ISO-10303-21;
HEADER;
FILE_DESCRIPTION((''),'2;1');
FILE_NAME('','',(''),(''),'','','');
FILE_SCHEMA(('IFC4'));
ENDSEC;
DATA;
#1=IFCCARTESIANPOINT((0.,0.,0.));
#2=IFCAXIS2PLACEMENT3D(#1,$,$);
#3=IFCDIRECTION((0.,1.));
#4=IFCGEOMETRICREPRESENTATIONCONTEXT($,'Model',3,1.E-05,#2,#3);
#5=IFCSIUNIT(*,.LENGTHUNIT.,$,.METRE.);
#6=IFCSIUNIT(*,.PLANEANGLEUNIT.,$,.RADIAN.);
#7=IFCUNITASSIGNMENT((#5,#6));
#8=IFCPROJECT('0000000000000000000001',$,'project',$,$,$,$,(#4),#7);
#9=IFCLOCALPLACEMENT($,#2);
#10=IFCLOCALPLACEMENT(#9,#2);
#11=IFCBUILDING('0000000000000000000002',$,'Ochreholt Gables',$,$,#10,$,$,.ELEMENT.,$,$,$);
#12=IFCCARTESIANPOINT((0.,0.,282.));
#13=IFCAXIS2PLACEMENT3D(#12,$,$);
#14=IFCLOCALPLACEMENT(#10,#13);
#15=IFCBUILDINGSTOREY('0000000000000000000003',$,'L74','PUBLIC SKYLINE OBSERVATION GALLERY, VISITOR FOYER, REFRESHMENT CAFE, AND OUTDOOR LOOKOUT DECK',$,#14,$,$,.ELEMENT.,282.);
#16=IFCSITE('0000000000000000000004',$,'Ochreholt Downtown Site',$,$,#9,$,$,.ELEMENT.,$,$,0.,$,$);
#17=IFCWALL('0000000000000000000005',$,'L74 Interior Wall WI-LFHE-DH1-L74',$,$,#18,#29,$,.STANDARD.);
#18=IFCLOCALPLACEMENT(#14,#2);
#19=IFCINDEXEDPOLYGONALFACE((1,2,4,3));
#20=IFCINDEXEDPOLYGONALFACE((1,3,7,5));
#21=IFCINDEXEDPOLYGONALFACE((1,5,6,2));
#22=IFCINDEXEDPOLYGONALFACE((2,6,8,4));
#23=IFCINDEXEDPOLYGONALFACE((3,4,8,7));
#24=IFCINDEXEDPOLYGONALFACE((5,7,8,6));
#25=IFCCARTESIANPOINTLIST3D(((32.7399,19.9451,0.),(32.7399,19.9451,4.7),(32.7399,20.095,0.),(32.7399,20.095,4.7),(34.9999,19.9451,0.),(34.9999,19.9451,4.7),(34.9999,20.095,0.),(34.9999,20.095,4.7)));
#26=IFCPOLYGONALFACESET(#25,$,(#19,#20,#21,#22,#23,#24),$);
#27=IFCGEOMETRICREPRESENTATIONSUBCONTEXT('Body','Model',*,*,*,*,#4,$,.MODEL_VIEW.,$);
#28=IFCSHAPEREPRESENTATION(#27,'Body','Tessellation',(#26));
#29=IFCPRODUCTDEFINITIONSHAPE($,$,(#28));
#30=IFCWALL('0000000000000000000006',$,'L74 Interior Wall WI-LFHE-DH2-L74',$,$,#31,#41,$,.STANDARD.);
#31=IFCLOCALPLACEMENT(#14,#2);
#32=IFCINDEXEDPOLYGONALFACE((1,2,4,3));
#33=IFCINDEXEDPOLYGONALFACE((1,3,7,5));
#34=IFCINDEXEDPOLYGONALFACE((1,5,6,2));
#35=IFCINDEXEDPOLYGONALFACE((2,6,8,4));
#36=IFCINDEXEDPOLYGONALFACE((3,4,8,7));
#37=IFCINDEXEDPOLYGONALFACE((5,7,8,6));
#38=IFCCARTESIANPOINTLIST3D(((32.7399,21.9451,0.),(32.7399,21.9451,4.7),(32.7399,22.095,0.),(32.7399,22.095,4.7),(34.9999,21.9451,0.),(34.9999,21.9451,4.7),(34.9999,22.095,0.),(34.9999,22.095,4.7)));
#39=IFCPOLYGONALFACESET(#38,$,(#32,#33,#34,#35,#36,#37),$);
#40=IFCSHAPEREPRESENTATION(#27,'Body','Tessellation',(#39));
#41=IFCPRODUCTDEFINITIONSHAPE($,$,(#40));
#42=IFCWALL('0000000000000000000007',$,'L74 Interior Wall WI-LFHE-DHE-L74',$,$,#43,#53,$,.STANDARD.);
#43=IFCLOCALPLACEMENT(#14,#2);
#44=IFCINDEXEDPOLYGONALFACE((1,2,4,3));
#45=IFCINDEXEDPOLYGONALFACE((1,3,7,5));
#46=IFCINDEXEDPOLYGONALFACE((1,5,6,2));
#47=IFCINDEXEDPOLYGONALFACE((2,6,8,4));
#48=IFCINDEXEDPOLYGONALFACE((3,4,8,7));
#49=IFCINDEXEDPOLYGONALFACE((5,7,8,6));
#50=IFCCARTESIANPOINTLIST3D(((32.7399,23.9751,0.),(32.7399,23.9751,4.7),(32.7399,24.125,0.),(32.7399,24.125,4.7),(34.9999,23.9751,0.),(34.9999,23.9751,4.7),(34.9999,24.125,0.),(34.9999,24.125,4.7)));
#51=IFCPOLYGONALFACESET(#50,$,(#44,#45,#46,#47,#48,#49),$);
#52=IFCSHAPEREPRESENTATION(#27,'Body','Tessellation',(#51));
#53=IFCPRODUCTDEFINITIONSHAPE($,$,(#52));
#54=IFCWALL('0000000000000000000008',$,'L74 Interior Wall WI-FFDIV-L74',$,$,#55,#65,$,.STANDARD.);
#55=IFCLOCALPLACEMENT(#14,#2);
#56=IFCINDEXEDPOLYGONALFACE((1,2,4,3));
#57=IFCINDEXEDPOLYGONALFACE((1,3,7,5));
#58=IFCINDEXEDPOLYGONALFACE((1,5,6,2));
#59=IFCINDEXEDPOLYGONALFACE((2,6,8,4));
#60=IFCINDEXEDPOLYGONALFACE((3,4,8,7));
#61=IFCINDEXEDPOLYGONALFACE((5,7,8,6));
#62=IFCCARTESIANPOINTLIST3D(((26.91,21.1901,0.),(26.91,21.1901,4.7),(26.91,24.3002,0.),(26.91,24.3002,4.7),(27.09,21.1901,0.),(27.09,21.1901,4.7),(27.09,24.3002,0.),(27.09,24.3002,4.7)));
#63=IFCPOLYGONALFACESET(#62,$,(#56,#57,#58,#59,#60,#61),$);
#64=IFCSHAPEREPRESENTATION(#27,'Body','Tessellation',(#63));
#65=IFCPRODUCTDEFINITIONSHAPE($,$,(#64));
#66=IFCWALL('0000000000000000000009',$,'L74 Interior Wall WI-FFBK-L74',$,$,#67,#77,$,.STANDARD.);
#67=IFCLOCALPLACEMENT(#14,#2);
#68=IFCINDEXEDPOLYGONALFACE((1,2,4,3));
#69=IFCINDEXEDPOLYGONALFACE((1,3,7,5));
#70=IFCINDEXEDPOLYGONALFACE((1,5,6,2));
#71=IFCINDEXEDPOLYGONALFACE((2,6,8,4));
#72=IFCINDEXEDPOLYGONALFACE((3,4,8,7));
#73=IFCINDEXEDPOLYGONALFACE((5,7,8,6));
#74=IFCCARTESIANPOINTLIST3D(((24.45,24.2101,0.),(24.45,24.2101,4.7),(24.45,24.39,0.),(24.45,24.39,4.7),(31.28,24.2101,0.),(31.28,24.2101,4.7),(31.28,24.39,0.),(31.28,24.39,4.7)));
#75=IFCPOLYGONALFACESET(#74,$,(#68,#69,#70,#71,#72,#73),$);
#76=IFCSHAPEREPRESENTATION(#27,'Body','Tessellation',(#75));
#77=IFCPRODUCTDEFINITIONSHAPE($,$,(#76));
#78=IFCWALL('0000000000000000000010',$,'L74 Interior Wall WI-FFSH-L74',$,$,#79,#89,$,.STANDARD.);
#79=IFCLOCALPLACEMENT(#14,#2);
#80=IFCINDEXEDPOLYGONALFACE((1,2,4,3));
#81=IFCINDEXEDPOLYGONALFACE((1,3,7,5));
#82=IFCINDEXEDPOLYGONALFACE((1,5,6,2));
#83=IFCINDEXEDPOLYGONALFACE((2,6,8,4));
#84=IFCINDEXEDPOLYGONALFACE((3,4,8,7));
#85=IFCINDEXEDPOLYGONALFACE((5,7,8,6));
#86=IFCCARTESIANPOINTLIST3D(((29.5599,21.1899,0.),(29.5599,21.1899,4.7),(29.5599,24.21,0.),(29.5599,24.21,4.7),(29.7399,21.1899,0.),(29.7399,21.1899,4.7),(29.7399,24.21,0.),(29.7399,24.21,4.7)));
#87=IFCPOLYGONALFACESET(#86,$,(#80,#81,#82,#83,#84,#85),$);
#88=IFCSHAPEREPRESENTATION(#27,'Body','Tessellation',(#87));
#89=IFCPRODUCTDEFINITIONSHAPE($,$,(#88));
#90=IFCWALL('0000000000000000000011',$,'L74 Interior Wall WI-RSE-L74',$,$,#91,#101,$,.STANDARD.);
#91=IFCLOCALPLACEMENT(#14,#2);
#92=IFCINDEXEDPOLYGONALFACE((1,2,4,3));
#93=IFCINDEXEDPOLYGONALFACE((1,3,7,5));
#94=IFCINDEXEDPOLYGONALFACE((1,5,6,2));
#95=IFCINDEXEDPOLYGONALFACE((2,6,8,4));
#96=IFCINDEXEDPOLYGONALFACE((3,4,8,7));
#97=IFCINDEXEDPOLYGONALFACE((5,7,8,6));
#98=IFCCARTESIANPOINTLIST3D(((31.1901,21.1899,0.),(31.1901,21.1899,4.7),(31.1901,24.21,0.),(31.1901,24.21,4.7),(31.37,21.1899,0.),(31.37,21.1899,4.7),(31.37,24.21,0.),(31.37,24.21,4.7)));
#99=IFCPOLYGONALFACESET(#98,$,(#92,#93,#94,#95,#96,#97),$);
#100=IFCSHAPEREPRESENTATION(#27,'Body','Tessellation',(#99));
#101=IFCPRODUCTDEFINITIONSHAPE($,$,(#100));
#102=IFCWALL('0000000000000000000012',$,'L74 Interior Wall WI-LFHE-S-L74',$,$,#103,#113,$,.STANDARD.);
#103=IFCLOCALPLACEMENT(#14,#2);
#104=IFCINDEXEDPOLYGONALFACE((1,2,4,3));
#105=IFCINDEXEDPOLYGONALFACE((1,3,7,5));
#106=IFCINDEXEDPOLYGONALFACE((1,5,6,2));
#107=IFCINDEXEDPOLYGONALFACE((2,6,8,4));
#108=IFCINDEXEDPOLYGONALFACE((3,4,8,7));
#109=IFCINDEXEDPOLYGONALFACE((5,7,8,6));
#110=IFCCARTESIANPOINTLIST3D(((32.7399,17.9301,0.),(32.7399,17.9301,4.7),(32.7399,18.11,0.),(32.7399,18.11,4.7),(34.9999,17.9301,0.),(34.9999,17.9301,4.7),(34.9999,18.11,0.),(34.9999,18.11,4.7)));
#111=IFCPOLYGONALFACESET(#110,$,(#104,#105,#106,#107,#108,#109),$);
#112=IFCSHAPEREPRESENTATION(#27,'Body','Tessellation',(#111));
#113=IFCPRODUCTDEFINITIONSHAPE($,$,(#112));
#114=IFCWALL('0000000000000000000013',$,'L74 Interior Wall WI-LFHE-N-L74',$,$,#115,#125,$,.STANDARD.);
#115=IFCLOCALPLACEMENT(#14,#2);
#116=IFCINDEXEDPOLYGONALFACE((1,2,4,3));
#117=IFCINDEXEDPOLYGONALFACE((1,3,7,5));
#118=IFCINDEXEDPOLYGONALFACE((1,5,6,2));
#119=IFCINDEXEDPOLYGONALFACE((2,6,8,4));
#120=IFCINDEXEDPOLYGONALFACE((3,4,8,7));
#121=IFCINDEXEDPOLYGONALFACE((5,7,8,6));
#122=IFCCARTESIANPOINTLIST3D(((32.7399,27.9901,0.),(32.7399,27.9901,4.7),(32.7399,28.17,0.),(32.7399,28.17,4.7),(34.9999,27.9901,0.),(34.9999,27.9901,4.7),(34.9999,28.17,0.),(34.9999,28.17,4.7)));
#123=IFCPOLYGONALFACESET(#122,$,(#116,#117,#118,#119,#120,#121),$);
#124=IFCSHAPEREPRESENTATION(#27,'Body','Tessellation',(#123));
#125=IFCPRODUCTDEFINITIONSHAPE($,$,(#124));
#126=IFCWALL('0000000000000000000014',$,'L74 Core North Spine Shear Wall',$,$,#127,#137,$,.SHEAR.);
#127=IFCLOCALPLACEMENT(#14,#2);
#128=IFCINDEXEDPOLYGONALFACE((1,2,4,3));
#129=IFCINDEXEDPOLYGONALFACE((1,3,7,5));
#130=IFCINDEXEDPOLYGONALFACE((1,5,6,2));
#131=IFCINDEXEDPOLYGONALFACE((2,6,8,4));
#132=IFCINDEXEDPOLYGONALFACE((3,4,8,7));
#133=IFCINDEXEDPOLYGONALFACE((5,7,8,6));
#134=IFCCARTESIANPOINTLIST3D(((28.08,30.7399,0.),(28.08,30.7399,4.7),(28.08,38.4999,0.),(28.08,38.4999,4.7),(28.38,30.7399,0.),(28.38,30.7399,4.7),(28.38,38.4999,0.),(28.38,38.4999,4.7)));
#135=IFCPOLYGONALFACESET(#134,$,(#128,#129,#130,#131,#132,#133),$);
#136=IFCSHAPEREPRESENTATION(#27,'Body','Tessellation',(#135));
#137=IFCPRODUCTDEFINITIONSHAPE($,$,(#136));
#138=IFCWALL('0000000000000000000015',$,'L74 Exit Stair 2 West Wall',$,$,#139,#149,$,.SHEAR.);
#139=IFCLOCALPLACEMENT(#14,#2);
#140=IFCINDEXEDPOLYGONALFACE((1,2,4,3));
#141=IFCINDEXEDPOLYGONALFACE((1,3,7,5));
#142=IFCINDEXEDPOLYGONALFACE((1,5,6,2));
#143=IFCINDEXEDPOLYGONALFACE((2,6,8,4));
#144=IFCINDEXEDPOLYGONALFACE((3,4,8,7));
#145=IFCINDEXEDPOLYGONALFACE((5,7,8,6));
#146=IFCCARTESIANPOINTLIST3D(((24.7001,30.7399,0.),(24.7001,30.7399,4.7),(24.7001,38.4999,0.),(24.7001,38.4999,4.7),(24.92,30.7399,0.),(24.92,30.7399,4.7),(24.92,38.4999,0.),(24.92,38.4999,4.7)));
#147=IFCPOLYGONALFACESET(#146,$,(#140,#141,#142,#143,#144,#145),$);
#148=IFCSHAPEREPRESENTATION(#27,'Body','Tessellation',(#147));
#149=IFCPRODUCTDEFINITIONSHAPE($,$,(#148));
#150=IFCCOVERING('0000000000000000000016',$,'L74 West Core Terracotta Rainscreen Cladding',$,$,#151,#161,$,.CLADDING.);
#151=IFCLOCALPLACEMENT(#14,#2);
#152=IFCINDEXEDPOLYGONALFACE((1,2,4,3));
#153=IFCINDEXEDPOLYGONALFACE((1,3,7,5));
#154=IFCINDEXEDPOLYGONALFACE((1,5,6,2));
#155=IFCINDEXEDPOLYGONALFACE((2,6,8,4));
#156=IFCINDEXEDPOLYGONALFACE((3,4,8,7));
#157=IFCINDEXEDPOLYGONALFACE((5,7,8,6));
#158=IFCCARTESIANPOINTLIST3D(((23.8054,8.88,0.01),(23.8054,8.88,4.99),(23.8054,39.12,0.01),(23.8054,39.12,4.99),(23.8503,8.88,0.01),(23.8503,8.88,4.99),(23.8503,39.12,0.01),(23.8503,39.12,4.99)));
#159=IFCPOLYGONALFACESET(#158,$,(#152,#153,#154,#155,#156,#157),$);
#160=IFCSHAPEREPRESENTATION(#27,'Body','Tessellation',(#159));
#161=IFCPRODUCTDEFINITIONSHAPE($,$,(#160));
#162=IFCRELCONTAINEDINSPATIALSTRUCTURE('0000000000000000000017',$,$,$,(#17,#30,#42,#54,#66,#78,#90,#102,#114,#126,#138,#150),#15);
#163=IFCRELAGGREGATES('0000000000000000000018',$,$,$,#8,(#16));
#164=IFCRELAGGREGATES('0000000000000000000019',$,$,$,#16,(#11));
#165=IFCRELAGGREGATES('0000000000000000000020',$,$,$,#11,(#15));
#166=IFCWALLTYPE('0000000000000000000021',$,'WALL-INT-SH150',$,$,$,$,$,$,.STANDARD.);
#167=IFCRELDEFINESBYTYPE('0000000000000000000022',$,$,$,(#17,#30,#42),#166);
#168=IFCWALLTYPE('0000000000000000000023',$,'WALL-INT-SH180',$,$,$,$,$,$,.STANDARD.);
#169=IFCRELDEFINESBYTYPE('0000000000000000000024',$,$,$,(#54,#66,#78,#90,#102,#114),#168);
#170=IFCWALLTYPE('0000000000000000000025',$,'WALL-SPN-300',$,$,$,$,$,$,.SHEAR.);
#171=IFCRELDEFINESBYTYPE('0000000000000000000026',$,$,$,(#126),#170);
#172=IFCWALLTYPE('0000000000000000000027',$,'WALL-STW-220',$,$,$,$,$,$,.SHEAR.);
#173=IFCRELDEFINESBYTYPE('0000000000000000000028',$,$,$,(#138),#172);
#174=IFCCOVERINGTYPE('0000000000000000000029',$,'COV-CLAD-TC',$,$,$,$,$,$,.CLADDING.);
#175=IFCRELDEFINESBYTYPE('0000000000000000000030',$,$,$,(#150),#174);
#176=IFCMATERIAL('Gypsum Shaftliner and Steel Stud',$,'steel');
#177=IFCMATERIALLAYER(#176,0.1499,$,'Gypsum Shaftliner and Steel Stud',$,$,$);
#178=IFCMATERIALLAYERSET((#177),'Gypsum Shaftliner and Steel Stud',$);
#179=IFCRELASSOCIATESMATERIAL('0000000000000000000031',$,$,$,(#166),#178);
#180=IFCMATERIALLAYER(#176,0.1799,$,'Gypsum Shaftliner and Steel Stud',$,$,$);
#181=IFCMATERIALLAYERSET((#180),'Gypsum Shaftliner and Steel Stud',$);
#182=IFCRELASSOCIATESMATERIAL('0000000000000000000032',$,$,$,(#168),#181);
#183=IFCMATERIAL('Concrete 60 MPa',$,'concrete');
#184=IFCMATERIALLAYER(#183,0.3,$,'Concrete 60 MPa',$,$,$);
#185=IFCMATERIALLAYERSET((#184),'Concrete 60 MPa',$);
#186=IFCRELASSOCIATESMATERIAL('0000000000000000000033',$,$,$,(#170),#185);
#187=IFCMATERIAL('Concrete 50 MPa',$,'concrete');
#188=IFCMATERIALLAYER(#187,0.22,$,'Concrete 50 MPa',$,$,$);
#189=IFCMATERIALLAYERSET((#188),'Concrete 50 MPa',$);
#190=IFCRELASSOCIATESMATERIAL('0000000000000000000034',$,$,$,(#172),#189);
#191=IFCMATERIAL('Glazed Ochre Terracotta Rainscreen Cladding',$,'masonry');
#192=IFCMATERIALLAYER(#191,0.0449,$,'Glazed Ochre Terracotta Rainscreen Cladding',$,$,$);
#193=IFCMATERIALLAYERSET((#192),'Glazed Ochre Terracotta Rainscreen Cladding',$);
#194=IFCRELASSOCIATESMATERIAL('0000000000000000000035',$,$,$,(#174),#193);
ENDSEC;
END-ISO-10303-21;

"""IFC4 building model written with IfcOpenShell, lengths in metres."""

from ifc_helpers import new_model, si_unit, direction, frame, frame_2d, origin, origin_2d, place, context, subcontext, project, spatial, rectangle, extrude, material, layer, layer_set, type_object, element, save


model = new_model("IFC4")

# Units and contexts
model_context = context("Model", 3, precision=1e-05, world=origin(), true_north=direction((0.0, 1.0)))
body_context = subcontext(model_context, "Body", "Model", "MODEL_VIEW")
ifc_project = project(units=[si_unit("LENGTHUNIT", "METRE"), si_unit("PLANEANGLEUNIT", "RADIAN")], contexts=[model_context])

# Site, building, storey
site_placement = place(None, origin())
site = spatial("IfcSite", under=ifc_project, at=site_placement, Name="Ochreholt Downtown Site", CompositionType="ELEMENT", RefElevation=0.0)
building_placement = place(site_placement, origin())
building = spatial("IfcBuilding", under=site, at=building_placement, Name="Ochreholt Gables", CompositionType="ELEMENT")
storey_placement = place(building_placement, frame((0.0, 0.0, 282.0)))
storey = spatial("IfcBuildingStorey", under=building, at=storey_placement, Name="L74", Description="PUBLIC SKYLINE OBSERVATION GALLERY, VISITOR FOYER, REFRESHMENT CAFE, AND OUTDOOR LOOKOUT DECK", CompositionType="ELEMENT", Elevation=282.0)

# Shared definitions
ifc_material_1 = material(Name="Concrete 50 MPa", Category="concrete")

# Walls
ifc_material_2 = material(Name="Gypsum Shaftliner and Steel Stud", Category="steel")
ifc_layer_1 = layer(ifc_material_2, 0.1499, Name="Gypsum Shaftliner and Steel Stud")
ifc_layer_set_1 = layer_set([ifc_layer_1], Name="Gypsum Shaftliner and Steel Stud")
wall_type_1 = type_object("IfcWallType", Name="WALL-INT-SH150", PredefinedType="STANDARD", material=ifc_layer_set_1)
for number, where, z_axis, x_axis, name in (
    (1, (32.74, 20.02, 0.0), (0.0, 0.0, 1.0), (1.0, 0.0, 0.0), "L74 Interior Wall WI-LFHE-DH1-L74"),
    (2, (32.74, 22.02, 0.0), (0.0, 0.0, 1.0), (1.0, 0.0, 0.0), "L74 Interior Wall WI-LFHE-DH2-L74"),
    (3, (32.74, 24.05, 0.0), (0.0, 0.0, 1.0), (1.0, 0.0, 0.0), "L74 Interior Wall WI-LFHE-DHE-L74"),
):
    element("IfcWall", number, at=place(storey_placement, frame(where, z_axis=z_axis, x_axis=x_axis)), inside=storey, type_object=wall_type_1, Name=name, PredefinedType="STANDARD", context=body_context, shape_type="SweptSolid", body=[
        extrude(rectangle(XDim=2.26, YDim=0.1499, at=frame_2d((1.1299, 0.0))), origin(), (0.0, 0.0, 1.0), 4.7),
    ])
ifc_layer_2 = layer(ifc_material_2, 0.1799, Name="Gypsum Shaftliner and Steel Stud")
ifc_layer_set_2 = layer_set([ifc_layer_2], Name="Gypsum Shaftliner and Steel Stud")
wall_type_2 = type_object("IfcWallType", Name="WALL-INT-SH180", PredefinedType="STANDARD", material=ifc_layer_set_2)
wall_1_placement = place(storey_placement, frame((27.0, 21.1899, 0.0), z_axis=(0.0, 0.0, 1.0), x_axis=(0.0, 1.0, 0.0)))
element("IfcWall", 4, at=wall_1_placement, inside=storey, type_object=wall_type_2, Name="L74 Interior Wall WI-FFDIV-L74", PredefinedType="STANDARD", context=body_context, shape_type="SweptSolid", body=[
    extrude(rectangle(XDim=3.1101, YDim=0.1799, at=frame_2d((1.5552, 0.0))), origin(), (0.0, 0.0, 1.0), 4.7),
])
wall_2_placement = place(storey_placement, frame((24.45, 24.3, 0.0), z_axis=(0.0, 0.0, 1.0), x_axis=(1.0, 0.0, 0.0)))
element("IfcWall", 5, at=wall_2_placement, inside=storey, type_object=wall_type_2, Name="L74 Interior Wall WI-FFBK-L74", PredefinedType="STANDARD", context=body_context, shape_type="SweptSolid", body=[
    extrude(rectangle(XDim=6.8301, YDim=0.1799, at=frame_2d((3.415, 0.0))), origin(), (0.0, 0.0, 1.0), 4.7),
])
for number, where, z_axis, x_axis, name in (
    (6, (29.6499, 21.1899, 0.0), (0.0, 0.0, 1.0), (0.0, 1.0, 0.0), "L74 Interior Wall WI-FFSH-L74"),
    (7, (31.28, 21.1899, 0.0), (0.0, 0.0, 1.0), (0.0, 1.0, 0.0), "L74 Interior Wall WI-RSE-L74"),
):
    element("IfcWall", number, at=place(storey_placement, frame(where, z_axis=z_axis, x_axis=x_axis)), inside=storey, type_object=wall_type_2, Name=name, PredefinedType="STANDARD", context=body_context, shape_type="SweptSolid", body=[
        extrude(rectangle(XDim=3.02, YDim=0.1799, at=frame_2d((1.51, 0.0))), origin(), (0.0, 0.0, 1.0), 4.7),
    ])
for number, where, z_axis, x_axis, name in (
    (8, (32.74, 18.02, 0.0), (0.0, 0.0, 1.0), (1.0, 0.0, 0.0), "L74 Interior Wall WI-LFHE-S-L74"),
    (9, (32.74, 28.0801, 0.0), (0.0, 0.0, 1.0), (1.0, 0.0, 0.0), "L74 Interior Wall WI-LFHE-N-L74"),
):
    element("IfcWall", number, at=place(storey_placement, frame(where, z_axis=z_axis, x_axis=x_axis)), inside=storey, type_object=wall_type_2, Name=name, PredefinedType="STANDARD", context=body_context, shape_type="SweptSolid", body=[
        extrude(rectangle(XDim=2.26, YDim=0.1799, at=frame_2d((1.1299, 0.0))), origin(), (0.0, 0.0, 1.0), 4.7),
    ])
ifc_material_3 = material(Name="Concrete 60 MPa", Category="concrete")
ifc_layer_3 = layer(ifc_material_3, 0.3, Name="Concrete 60 MPa")
ifc_layer_set_3 = layer_set([ifc_layer_3], Name="Concrete 60 MPa")
wall_type_3 = type_object("IfcWallType", Name="WALL-SPN-300", PredefinedType="SHEAR", material=ifc_layer_set_3)
wall_3_placement = place(storey_placement, frame((28.23, 30.74, 0.0), z_axis=(0.0, 0.0, 1.0), x_axis=(0.0, 1.0, 0.0)))
element("IfcWall", 10, at=wall_3_placement, inside=storey, type_object=wall_type_3, Name="L74 Core North Spine Shear Wall", PredefinedType="SHEAR", context=body_context, shape_type="SweptSolid", body=[
    extrude(rectangle(XDim=7.76, YDim=0.3, at=frame_2d((3.8799, 0.0))), origin(), (0.0, 0.0, 1.0), 4.7),
])
ifc_layer_4 = layer(ifc_material_1, 0.22, Name="Concrete 50 MPa")
ifc_layer_set_4 = layer_set([ifc_layer_4], Name="Concrete 50 MPa")
wall_type_4 = type_object("IfcWallType", Name="WALL-STW-220", PredefinedType="SHEAR", material=ifc_layer_set_4)
wall_4_placement = place(storey_placement, frame((24.8101, 30.74, 0.0), z_axis=(0.0, 0.0, 1.0), x_axis=(0.0, 1.0, 0.0)))
element("IfcWall", 11, at=wall_4_placement, inside=storey, type_object=wall_type_4, Name="L74 Exit Stair 2 West Wall", PredefinedType="SHEAR", context=body_context, shape_type="SweptSolid", body=[
    extrude(rectangle(XDim=7.76, YDim=0.22, at=frame_2d((3.8799, 0.0))), origin(), (0.0, 0.0, 1.0), 4.7),
])

# Covering
ifc_material_4 = material(Name="Glazed Ochre Terracotta Rainscreen Cladding", Category="masonry")
ifc_layer_5 = layer(ifc_material_4, 0.0449, Name="Glazed Ochre Terracotta Rainscreen Cladding")
ifc_layer_set_5 = layer_set([ifc_layer_5], Name="Glazed Ochre Terracotta Rainscreen Cladding")
covering_type = type_object("IfcCoveringType", Name="COV-CLAD-TC", PredefinedType="CLADDING", material=ifc_layer_set_5)
covering_placement = place(storey_placement, frame((23.8279, 24.0, 0.01), z_axis=(0.0, 0.0, 1.0), x_axis=(0.0, 1.0, 0.0)))
element("IfcCovering", 12, at=covering_placement, inside=storey, type_object=covering_type, Name="L74 West Core Terracotta Rainscreen Cladding", PredefinedType="CLADDING", context=body_context, shape_type="SweptSolid", body=[
    extrude(rectangle(XDim=30.24, YDim=0.0449, at=origin_2d()), origin(), (0.0, 0.0, 1.0), 4.98),
])

save(model, "model.ifc")
